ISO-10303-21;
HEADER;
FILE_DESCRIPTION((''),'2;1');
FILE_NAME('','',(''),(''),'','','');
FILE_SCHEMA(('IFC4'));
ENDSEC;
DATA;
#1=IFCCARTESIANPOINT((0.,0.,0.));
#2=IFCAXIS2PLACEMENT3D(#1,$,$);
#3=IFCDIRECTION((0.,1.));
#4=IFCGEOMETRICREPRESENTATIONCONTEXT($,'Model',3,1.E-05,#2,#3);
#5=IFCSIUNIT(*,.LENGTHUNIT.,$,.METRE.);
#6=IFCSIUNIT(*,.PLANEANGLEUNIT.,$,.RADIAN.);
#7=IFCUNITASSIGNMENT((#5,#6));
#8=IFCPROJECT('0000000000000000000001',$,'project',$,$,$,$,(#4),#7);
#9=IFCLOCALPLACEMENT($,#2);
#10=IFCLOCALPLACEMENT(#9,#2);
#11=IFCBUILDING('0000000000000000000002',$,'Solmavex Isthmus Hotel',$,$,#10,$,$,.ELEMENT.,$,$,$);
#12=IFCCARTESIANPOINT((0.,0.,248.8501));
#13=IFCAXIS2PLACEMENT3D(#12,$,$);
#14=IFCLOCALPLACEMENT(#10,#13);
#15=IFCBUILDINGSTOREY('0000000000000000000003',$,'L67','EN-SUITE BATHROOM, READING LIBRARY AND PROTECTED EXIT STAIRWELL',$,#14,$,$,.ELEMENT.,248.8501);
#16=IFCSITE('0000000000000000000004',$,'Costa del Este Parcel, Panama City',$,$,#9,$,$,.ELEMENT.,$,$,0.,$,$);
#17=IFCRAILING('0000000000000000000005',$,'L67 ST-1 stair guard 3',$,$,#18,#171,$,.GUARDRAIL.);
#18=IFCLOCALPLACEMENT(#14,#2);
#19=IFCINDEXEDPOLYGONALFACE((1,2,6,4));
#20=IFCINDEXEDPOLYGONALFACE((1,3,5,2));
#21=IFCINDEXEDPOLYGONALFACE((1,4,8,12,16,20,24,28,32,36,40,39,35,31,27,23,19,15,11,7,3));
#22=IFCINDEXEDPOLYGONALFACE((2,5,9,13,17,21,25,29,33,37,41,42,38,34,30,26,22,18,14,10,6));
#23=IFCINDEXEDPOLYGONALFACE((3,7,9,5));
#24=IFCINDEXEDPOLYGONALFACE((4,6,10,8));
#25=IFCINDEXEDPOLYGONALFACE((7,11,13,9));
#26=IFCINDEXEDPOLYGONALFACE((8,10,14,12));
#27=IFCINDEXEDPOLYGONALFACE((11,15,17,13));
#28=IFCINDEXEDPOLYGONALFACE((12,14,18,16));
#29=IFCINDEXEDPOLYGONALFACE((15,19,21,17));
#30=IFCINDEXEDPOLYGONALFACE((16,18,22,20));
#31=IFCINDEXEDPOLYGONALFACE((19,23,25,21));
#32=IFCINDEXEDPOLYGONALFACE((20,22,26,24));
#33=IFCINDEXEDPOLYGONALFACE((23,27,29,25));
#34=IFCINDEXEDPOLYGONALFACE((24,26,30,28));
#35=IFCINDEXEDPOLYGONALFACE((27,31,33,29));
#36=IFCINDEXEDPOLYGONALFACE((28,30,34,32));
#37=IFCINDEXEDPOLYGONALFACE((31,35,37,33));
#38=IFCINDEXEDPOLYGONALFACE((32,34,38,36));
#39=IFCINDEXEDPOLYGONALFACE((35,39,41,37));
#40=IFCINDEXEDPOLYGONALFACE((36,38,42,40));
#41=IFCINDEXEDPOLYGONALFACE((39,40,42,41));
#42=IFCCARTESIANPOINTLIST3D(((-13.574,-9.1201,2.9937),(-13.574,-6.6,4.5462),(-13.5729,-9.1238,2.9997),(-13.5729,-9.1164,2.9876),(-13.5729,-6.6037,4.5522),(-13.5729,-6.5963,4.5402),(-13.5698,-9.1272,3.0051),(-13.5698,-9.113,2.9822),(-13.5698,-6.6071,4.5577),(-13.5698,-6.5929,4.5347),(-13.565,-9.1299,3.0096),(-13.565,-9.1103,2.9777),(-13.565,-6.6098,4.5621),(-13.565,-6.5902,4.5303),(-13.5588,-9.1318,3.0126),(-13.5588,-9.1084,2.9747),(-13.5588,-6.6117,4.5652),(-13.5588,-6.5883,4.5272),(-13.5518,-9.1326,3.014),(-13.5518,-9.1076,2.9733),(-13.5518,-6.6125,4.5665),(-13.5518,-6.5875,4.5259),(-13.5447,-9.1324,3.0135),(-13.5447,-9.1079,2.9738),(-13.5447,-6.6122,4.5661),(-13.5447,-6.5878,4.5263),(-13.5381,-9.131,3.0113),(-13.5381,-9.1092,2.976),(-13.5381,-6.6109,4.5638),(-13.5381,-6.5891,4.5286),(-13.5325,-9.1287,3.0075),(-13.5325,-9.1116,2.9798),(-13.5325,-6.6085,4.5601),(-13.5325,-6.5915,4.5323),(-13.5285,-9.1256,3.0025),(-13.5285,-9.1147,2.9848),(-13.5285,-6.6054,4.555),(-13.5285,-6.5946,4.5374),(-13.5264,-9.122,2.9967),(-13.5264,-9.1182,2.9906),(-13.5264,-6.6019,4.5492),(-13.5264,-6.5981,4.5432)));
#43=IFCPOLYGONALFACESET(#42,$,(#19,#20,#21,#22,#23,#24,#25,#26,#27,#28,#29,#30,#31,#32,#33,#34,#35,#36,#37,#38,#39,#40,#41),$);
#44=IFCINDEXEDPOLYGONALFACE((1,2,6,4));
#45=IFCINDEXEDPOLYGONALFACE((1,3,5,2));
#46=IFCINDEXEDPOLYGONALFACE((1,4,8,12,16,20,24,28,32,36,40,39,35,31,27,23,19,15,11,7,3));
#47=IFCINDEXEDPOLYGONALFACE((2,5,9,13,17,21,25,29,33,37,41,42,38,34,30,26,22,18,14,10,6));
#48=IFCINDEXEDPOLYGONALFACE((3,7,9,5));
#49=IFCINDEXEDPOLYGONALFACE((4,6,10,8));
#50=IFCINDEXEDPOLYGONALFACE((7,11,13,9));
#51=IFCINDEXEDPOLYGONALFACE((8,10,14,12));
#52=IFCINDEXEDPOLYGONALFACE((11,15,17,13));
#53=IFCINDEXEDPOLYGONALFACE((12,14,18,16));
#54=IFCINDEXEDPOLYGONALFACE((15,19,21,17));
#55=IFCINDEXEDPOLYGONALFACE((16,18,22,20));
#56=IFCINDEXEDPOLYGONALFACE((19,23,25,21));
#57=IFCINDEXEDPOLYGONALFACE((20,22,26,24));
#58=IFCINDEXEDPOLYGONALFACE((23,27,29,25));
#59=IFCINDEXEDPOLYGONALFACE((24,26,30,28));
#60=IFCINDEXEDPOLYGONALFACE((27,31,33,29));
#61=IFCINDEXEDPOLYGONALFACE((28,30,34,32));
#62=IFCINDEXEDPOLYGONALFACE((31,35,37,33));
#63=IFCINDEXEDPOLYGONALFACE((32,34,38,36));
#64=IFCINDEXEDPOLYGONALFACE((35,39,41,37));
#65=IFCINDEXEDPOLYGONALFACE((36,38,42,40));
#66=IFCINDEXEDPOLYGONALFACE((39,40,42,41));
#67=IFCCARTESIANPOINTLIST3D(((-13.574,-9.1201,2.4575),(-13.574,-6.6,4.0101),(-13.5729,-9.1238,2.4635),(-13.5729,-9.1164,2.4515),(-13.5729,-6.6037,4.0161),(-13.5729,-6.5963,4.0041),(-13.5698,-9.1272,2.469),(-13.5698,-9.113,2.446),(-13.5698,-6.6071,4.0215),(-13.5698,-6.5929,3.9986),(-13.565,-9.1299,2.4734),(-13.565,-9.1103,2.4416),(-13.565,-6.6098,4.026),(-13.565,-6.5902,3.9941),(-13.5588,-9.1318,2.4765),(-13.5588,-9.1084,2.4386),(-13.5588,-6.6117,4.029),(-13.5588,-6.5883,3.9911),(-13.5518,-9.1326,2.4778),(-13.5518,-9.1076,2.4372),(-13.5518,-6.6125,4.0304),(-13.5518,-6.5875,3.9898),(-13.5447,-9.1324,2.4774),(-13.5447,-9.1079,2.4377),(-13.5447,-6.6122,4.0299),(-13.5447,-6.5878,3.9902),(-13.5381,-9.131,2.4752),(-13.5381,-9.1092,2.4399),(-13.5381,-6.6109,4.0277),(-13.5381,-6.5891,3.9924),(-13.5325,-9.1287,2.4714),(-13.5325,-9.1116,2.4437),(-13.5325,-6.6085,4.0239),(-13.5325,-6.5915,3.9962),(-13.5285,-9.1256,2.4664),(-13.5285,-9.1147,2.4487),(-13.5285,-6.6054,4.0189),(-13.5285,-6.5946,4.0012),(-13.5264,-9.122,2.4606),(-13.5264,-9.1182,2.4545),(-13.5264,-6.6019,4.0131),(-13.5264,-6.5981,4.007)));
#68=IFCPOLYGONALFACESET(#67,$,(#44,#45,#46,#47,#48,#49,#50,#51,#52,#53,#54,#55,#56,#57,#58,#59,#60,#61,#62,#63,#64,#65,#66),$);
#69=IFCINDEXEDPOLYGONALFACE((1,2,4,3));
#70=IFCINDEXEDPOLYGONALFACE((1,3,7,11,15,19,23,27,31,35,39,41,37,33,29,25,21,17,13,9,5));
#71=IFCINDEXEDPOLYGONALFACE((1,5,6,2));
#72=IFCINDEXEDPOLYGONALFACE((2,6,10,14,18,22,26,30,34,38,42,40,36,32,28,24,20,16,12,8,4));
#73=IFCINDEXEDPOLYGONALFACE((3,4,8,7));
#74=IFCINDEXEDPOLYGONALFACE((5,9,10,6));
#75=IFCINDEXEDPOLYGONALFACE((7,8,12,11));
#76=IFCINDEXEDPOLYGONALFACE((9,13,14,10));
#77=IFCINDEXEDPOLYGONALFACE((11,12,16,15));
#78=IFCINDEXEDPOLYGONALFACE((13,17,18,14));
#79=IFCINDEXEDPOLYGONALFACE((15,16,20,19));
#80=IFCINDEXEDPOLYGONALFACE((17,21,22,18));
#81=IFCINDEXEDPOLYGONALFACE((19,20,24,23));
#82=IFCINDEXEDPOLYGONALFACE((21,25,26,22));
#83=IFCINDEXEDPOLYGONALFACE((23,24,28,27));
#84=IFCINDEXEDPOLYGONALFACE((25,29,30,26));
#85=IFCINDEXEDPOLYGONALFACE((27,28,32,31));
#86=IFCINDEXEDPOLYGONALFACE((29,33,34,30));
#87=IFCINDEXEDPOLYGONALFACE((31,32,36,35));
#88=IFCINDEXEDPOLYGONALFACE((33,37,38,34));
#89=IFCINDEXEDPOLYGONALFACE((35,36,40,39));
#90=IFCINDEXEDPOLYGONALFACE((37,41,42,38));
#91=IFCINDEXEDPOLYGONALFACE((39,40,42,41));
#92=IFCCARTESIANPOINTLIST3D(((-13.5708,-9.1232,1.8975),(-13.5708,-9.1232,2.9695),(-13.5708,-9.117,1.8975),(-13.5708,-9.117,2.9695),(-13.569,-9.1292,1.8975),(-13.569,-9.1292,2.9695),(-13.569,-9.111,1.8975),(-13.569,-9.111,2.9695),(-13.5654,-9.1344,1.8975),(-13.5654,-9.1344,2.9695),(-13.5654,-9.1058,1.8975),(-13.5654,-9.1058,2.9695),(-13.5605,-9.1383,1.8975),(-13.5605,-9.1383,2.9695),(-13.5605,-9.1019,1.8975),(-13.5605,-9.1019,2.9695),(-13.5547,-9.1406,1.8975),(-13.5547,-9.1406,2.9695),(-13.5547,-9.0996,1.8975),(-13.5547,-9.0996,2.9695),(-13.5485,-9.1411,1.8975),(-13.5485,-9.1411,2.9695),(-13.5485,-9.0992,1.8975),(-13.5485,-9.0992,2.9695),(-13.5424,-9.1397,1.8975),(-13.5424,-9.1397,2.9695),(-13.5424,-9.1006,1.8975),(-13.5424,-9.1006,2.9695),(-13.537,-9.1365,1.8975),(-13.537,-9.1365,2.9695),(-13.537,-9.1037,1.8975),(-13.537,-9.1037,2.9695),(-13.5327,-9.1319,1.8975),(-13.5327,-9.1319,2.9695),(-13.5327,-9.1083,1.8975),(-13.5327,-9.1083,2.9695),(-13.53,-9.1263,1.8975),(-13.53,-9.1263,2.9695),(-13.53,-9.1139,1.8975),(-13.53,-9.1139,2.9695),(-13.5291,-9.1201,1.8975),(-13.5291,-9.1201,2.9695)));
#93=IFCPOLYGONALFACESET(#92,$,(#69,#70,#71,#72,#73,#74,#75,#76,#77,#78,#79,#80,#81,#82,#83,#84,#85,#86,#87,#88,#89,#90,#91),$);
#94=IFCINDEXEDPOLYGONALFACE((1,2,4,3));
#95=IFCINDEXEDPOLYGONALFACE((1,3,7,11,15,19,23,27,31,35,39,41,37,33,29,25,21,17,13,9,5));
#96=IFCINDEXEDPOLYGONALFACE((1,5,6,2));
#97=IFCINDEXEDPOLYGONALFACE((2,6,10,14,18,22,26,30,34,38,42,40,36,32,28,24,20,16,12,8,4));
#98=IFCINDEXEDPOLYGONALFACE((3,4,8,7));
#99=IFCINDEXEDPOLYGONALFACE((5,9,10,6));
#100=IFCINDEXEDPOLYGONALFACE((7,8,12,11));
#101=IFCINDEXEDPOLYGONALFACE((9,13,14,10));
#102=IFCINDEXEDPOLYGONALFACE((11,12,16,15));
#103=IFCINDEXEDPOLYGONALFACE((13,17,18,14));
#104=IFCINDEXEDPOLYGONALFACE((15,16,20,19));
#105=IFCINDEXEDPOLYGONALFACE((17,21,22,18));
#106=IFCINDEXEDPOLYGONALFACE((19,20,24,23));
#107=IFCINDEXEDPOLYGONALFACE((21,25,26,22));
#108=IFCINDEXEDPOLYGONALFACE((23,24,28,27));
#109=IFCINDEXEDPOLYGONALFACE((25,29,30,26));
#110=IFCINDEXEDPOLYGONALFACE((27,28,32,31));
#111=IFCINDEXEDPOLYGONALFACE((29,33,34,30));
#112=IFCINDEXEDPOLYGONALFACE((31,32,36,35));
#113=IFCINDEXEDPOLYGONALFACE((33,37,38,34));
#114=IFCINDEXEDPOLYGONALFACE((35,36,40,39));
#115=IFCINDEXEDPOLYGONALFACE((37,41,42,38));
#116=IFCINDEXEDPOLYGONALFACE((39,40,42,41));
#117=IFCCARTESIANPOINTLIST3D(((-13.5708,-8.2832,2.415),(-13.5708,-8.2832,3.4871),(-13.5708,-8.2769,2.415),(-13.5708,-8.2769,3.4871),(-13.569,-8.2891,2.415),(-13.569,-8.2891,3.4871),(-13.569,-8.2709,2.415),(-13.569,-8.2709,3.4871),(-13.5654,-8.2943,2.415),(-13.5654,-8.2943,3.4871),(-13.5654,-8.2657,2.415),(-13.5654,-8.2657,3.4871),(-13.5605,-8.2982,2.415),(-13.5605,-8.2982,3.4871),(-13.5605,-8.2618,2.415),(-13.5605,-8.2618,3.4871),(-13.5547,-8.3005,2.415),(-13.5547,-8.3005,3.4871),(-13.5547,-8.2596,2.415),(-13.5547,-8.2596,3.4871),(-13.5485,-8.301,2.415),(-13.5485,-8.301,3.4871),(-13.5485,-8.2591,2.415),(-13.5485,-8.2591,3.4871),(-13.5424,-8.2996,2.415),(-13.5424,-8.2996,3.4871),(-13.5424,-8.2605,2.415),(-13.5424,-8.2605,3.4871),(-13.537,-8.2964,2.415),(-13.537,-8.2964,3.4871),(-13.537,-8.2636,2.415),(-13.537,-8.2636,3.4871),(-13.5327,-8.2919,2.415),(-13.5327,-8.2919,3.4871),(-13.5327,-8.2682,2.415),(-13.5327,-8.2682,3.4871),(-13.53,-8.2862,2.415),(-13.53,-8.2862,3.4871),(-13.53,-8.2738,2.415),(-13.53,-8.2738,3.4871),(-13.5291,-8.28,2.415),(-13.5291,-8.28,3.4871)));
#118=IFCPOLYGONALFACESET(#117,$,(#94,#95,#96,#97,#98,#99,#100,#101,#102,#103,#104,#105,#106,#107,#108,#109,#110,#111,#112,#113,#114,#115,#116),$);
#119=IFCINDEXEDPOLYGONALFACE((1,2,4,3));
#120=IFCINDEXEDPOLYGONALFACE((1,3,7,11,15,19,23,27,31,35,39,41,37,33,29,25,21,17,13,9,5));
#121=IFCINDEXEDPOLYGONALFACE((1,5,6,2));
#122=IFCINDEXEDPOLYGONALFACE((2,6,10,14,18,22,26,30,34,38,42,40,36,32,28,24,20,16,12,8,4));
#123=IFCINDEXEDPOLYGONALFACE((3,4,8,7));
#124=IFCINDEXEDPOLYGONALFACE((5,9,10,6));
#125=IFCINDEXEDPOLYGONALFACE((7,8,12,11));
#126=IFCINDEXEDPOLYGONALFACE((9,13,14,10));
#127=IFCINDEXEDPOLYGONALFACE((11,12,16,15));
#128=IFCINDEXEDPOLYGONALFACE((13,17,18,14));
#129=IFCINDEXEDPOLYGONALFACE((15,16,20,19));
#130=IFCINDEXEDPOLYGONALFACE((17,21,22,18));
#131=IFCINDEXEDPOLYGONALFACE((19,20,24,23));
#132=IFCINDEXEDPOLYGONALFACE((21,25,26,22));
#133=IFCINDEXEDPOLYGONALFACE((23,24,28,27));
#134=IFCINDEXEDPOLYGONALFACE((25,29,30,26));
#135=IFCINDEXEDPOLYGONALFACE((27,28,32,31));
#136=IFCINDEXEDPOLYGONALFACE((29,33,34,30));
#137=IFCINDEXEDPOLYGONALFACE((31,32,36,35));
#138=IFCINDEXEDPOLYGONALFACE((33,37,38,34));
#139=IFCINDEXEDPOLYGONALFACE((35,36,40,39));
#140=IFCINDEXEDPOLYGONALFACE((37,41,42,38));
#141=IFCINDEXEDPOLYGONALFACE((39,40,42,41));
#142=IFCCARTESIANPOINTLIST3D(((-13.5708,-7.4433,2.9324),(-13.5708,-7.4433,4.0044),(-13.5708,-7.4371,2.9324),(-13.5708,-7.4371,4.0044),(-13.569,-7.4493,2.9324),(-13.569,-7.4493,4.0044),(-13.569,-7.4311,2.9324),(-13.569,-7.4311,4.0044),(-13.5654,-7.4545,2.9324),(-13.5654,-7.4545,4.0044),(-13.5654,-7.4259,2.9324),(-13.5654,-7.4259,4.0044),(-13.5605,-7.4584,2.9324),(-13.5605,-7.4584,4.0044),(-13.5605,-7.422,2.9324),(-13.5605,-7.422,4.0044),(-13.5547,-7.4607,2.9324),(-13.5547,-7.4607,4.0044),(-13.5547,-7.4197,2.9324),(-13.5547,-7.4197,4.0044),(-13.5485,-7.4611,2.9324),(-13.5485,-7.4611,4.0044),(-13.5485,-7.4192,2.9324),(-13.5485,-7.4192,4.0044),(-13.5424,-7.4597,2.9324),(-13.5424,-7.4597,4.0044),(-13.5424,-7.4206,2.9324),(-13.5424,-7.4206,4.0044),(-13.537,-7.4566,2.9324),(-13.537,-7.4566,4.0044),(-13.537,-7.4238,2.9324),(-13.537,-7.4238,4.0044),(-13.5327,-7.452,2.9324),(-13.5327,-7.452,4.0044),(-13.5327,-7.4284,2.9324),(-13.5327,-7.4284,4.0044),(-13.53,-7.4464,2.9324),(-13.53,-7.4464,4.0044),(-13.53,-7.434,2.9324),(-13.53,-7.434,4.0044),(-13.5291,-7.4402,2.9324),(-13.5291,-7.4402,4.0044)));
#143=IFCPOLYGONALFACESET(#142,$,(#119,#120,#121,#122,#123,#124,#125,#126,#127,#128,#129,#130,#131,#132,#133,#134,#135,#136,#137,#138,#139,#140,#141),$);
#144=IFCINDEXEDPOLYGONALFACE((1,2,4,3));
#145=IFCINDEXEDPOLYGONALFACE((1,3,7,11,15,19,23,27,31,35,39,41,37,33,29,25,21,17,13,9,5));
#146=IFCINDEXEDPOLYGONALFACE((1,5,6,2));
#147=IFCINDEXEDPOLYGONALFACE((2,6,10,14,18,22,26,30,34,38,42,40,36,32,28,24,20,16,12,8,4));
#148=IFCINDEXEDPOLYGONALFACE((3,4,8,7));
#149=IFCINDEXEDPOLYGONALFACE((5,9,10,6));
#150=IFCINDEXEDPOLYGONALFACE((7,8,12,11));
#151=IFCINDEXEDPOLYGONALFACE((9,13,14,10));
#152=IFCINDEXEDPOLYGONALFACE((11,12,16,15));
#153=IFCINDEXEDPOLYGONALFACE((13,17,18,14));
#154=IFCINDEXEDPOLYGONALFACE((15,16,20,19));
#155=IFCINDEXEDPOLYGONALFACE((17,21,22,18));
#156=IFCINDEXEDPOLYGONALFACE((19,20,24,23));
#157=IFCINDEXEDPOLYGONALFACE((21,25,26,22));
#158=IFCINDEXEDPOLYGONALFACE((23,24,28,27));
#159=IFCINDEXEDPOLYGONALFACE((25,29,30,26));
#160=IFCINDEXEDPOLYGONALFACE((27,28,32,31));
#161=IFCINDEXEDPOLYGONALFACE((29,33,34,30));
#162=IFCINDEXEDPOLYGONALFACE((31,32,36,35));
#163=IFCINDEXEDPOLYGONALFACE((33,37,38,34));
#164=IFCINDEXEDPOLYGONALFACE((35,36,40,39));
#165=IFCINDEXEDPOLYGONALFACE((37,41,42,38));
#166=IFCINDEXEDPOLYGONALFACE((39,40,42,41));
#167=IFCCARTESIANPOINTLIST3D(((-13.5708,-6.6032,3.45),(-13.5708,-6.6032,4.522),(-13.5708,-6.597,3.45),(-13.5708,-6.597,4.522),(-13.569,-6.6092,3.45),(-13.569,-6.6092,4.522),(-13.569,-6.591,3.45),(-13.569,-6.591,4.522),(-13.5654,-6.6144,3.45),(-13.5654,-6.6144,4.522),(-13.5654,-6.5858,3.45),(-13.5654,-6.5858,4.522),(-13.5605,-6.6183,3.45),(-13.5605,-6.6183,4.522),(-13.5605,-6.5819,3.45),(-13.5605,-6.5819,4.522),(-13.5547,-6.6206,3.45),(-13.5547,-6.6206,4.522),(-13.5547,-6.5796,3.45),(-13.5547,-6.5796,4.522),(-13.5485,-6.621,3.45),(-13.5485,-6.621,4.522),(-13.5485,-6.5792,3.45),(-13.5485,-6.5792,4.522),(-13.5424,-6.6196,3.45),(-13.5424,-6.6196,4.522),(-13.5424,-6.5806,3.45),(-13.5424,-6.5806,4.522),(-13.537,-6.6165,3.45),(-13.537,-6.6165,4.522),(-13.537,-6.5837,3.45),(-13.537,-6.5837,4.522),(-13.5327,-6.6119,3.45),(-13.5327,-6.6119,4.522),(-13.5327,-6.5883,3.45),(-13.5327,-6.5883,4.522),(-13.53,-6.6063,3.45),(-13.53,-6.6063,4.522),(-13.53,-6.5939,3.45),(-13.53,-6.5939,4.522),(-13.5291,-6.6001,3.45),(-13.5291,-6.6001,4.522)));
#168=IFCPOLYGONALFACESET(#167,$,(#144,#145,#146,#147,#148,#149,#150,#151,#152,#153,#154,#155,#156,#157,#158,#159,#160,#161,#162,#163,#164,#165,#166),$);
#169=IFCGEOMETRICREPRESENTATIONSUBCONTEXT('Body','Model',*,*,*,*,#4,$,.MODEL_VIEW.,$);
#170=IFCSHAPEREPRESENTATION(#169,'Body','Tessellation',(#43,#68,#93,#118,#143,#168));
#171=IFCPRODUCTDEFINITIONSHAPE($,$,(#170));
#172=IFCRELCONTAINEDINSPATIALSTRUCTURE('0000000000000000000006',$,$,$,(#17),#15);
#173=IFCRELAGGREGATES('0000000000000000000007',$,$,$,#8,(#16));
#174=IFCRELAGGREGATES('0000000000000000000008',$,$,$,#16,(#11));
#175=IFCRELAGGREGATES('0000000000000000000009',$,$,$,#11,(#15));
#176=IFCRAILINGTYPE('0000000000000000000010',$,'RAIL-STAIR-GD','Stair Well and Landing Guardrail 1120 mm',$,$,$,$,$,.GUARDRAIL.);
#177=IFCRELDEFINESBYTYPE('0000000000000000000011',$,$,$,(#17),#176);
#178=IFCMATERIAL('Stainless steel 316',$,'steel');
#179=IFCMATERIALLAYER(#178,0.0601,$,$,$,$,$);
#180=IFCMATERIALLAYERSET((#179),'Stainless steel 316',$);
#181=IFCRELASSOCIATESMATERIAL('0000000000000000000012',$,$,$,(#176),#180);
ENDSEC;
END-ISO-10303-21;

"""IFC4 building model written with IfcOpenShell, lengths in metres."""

from ifc_helpers import new_model, si_unit, direction, frame, origin, origin_2d, place, context, subcontext, project, spatial, circle, extrude, material, layer, layer_set, type_object, element, save


model = new_model("IFC4")

# Units and contexts
model_context = context("Model", 3, precision=1e-05, world=origin(), true_north=direction((0.0, 1.0)))
body_context = subcontext(model_context, "Body", "Model", "MODEL_VIEW")
ifc_project = project(units=[si_unit("LENGTHUNIT", "METRE"), si_unit("PLANEANGLEUNIT", "RADIAN")], contexts=[model_context])

# Site, building, storey
site_placement = place(None, origin())
site = spatial("IfcSite", under=ifc_project, at=site_placement, Name="Costa del Este Parcel, Panama City", CompositionType="ELEMENT", RefElevation=0.0)
building_placement = place(site_placement, origin())
building = spatial("IfcBuilding", under=site, at=building_placement, Name="Solmavex Isthmus Hotel", CompositionType="ELEMENT")
storey_placement = place(building_placement, frame((0.0, 0.0, 248.8501)))
storey = spatial("IfcBuildingStorey", under=building, at=storey_placement, Name="L67", Description="EN-SUITE BATHROOM, READING LIBRARY AND PROTECTED EXIT STAIRWELL", CompositionType="ELEMENT", Elevation=248.8501)

# Railing
ifc_material_1 = material(Name="Stainless steel 316", Category="steel")
ifc_layer_1 = layer(ifc_material_1, 0.0601)
ifc_layer_set_1 = layer_set([ifc_layer_1], Name="Stainless steel 316")
railing_type_1 = type_object("IfcRailingType", Name="RAIL-STAIR-GD", Description="Stair Well and Landing Guardrail 1120 mm", PredefinedType="GUARDRAIL", material=ifc_layer_set_1)
railing_1_placement = place(storey_placement, frame((-13.55, -9.1201, 1.8975)))
element("IfcRailing", 1, at=railing_1_placement, inside=storey, type_object=railing_type_1, Name="L67 ST-1 stair guard 3", PredefinedType="GUARDRAIL", context=body_context, shape_type="SweptSolid", body=[
    extrude(circle(Radius=0.0239, at=origin_2d()), frame((0.0, 0.0, 1.0962), z_axis=(0.0, 0.8514, 0.524516), x_axis=(-1.0, 0.0, 0.0)), (0.0, 0.0, 1.0), 2.96),
    extrude(circle(Radius=0.0239, at=origin_2d()), frame((0.0, 0.0, 0.5601), z_axis=(0.0, 0.8514, 0.524516), x_axis=(-1.0, 0.0, 0.0)), (0.0, 0.0, 1.0), 2.96),
    extrude(circle(Radius=0.021, at=origin_2d()), origin(), (0.0, 0.0, 1.0), 1.072),
    extrude(circle(Radius=0.021, at=origin_2d()), frame((0.0, 0.8401, 0.5176)), (0.0, 0.0, 1.0), 1.072),
    extrude(circle(Radius=0.021, at=origin_2d()), frame((0.0, 1.6799, 1.0349)), (0.0, 0.0, 1.0), 1.072),
    extrude(circle(Radius=0.021, at=origin_2d()), frame((0.0, 2.52, 1.5525)), (0.0, 0.0, 1.0), 1.072),
])

save(model, "model.ifc")
